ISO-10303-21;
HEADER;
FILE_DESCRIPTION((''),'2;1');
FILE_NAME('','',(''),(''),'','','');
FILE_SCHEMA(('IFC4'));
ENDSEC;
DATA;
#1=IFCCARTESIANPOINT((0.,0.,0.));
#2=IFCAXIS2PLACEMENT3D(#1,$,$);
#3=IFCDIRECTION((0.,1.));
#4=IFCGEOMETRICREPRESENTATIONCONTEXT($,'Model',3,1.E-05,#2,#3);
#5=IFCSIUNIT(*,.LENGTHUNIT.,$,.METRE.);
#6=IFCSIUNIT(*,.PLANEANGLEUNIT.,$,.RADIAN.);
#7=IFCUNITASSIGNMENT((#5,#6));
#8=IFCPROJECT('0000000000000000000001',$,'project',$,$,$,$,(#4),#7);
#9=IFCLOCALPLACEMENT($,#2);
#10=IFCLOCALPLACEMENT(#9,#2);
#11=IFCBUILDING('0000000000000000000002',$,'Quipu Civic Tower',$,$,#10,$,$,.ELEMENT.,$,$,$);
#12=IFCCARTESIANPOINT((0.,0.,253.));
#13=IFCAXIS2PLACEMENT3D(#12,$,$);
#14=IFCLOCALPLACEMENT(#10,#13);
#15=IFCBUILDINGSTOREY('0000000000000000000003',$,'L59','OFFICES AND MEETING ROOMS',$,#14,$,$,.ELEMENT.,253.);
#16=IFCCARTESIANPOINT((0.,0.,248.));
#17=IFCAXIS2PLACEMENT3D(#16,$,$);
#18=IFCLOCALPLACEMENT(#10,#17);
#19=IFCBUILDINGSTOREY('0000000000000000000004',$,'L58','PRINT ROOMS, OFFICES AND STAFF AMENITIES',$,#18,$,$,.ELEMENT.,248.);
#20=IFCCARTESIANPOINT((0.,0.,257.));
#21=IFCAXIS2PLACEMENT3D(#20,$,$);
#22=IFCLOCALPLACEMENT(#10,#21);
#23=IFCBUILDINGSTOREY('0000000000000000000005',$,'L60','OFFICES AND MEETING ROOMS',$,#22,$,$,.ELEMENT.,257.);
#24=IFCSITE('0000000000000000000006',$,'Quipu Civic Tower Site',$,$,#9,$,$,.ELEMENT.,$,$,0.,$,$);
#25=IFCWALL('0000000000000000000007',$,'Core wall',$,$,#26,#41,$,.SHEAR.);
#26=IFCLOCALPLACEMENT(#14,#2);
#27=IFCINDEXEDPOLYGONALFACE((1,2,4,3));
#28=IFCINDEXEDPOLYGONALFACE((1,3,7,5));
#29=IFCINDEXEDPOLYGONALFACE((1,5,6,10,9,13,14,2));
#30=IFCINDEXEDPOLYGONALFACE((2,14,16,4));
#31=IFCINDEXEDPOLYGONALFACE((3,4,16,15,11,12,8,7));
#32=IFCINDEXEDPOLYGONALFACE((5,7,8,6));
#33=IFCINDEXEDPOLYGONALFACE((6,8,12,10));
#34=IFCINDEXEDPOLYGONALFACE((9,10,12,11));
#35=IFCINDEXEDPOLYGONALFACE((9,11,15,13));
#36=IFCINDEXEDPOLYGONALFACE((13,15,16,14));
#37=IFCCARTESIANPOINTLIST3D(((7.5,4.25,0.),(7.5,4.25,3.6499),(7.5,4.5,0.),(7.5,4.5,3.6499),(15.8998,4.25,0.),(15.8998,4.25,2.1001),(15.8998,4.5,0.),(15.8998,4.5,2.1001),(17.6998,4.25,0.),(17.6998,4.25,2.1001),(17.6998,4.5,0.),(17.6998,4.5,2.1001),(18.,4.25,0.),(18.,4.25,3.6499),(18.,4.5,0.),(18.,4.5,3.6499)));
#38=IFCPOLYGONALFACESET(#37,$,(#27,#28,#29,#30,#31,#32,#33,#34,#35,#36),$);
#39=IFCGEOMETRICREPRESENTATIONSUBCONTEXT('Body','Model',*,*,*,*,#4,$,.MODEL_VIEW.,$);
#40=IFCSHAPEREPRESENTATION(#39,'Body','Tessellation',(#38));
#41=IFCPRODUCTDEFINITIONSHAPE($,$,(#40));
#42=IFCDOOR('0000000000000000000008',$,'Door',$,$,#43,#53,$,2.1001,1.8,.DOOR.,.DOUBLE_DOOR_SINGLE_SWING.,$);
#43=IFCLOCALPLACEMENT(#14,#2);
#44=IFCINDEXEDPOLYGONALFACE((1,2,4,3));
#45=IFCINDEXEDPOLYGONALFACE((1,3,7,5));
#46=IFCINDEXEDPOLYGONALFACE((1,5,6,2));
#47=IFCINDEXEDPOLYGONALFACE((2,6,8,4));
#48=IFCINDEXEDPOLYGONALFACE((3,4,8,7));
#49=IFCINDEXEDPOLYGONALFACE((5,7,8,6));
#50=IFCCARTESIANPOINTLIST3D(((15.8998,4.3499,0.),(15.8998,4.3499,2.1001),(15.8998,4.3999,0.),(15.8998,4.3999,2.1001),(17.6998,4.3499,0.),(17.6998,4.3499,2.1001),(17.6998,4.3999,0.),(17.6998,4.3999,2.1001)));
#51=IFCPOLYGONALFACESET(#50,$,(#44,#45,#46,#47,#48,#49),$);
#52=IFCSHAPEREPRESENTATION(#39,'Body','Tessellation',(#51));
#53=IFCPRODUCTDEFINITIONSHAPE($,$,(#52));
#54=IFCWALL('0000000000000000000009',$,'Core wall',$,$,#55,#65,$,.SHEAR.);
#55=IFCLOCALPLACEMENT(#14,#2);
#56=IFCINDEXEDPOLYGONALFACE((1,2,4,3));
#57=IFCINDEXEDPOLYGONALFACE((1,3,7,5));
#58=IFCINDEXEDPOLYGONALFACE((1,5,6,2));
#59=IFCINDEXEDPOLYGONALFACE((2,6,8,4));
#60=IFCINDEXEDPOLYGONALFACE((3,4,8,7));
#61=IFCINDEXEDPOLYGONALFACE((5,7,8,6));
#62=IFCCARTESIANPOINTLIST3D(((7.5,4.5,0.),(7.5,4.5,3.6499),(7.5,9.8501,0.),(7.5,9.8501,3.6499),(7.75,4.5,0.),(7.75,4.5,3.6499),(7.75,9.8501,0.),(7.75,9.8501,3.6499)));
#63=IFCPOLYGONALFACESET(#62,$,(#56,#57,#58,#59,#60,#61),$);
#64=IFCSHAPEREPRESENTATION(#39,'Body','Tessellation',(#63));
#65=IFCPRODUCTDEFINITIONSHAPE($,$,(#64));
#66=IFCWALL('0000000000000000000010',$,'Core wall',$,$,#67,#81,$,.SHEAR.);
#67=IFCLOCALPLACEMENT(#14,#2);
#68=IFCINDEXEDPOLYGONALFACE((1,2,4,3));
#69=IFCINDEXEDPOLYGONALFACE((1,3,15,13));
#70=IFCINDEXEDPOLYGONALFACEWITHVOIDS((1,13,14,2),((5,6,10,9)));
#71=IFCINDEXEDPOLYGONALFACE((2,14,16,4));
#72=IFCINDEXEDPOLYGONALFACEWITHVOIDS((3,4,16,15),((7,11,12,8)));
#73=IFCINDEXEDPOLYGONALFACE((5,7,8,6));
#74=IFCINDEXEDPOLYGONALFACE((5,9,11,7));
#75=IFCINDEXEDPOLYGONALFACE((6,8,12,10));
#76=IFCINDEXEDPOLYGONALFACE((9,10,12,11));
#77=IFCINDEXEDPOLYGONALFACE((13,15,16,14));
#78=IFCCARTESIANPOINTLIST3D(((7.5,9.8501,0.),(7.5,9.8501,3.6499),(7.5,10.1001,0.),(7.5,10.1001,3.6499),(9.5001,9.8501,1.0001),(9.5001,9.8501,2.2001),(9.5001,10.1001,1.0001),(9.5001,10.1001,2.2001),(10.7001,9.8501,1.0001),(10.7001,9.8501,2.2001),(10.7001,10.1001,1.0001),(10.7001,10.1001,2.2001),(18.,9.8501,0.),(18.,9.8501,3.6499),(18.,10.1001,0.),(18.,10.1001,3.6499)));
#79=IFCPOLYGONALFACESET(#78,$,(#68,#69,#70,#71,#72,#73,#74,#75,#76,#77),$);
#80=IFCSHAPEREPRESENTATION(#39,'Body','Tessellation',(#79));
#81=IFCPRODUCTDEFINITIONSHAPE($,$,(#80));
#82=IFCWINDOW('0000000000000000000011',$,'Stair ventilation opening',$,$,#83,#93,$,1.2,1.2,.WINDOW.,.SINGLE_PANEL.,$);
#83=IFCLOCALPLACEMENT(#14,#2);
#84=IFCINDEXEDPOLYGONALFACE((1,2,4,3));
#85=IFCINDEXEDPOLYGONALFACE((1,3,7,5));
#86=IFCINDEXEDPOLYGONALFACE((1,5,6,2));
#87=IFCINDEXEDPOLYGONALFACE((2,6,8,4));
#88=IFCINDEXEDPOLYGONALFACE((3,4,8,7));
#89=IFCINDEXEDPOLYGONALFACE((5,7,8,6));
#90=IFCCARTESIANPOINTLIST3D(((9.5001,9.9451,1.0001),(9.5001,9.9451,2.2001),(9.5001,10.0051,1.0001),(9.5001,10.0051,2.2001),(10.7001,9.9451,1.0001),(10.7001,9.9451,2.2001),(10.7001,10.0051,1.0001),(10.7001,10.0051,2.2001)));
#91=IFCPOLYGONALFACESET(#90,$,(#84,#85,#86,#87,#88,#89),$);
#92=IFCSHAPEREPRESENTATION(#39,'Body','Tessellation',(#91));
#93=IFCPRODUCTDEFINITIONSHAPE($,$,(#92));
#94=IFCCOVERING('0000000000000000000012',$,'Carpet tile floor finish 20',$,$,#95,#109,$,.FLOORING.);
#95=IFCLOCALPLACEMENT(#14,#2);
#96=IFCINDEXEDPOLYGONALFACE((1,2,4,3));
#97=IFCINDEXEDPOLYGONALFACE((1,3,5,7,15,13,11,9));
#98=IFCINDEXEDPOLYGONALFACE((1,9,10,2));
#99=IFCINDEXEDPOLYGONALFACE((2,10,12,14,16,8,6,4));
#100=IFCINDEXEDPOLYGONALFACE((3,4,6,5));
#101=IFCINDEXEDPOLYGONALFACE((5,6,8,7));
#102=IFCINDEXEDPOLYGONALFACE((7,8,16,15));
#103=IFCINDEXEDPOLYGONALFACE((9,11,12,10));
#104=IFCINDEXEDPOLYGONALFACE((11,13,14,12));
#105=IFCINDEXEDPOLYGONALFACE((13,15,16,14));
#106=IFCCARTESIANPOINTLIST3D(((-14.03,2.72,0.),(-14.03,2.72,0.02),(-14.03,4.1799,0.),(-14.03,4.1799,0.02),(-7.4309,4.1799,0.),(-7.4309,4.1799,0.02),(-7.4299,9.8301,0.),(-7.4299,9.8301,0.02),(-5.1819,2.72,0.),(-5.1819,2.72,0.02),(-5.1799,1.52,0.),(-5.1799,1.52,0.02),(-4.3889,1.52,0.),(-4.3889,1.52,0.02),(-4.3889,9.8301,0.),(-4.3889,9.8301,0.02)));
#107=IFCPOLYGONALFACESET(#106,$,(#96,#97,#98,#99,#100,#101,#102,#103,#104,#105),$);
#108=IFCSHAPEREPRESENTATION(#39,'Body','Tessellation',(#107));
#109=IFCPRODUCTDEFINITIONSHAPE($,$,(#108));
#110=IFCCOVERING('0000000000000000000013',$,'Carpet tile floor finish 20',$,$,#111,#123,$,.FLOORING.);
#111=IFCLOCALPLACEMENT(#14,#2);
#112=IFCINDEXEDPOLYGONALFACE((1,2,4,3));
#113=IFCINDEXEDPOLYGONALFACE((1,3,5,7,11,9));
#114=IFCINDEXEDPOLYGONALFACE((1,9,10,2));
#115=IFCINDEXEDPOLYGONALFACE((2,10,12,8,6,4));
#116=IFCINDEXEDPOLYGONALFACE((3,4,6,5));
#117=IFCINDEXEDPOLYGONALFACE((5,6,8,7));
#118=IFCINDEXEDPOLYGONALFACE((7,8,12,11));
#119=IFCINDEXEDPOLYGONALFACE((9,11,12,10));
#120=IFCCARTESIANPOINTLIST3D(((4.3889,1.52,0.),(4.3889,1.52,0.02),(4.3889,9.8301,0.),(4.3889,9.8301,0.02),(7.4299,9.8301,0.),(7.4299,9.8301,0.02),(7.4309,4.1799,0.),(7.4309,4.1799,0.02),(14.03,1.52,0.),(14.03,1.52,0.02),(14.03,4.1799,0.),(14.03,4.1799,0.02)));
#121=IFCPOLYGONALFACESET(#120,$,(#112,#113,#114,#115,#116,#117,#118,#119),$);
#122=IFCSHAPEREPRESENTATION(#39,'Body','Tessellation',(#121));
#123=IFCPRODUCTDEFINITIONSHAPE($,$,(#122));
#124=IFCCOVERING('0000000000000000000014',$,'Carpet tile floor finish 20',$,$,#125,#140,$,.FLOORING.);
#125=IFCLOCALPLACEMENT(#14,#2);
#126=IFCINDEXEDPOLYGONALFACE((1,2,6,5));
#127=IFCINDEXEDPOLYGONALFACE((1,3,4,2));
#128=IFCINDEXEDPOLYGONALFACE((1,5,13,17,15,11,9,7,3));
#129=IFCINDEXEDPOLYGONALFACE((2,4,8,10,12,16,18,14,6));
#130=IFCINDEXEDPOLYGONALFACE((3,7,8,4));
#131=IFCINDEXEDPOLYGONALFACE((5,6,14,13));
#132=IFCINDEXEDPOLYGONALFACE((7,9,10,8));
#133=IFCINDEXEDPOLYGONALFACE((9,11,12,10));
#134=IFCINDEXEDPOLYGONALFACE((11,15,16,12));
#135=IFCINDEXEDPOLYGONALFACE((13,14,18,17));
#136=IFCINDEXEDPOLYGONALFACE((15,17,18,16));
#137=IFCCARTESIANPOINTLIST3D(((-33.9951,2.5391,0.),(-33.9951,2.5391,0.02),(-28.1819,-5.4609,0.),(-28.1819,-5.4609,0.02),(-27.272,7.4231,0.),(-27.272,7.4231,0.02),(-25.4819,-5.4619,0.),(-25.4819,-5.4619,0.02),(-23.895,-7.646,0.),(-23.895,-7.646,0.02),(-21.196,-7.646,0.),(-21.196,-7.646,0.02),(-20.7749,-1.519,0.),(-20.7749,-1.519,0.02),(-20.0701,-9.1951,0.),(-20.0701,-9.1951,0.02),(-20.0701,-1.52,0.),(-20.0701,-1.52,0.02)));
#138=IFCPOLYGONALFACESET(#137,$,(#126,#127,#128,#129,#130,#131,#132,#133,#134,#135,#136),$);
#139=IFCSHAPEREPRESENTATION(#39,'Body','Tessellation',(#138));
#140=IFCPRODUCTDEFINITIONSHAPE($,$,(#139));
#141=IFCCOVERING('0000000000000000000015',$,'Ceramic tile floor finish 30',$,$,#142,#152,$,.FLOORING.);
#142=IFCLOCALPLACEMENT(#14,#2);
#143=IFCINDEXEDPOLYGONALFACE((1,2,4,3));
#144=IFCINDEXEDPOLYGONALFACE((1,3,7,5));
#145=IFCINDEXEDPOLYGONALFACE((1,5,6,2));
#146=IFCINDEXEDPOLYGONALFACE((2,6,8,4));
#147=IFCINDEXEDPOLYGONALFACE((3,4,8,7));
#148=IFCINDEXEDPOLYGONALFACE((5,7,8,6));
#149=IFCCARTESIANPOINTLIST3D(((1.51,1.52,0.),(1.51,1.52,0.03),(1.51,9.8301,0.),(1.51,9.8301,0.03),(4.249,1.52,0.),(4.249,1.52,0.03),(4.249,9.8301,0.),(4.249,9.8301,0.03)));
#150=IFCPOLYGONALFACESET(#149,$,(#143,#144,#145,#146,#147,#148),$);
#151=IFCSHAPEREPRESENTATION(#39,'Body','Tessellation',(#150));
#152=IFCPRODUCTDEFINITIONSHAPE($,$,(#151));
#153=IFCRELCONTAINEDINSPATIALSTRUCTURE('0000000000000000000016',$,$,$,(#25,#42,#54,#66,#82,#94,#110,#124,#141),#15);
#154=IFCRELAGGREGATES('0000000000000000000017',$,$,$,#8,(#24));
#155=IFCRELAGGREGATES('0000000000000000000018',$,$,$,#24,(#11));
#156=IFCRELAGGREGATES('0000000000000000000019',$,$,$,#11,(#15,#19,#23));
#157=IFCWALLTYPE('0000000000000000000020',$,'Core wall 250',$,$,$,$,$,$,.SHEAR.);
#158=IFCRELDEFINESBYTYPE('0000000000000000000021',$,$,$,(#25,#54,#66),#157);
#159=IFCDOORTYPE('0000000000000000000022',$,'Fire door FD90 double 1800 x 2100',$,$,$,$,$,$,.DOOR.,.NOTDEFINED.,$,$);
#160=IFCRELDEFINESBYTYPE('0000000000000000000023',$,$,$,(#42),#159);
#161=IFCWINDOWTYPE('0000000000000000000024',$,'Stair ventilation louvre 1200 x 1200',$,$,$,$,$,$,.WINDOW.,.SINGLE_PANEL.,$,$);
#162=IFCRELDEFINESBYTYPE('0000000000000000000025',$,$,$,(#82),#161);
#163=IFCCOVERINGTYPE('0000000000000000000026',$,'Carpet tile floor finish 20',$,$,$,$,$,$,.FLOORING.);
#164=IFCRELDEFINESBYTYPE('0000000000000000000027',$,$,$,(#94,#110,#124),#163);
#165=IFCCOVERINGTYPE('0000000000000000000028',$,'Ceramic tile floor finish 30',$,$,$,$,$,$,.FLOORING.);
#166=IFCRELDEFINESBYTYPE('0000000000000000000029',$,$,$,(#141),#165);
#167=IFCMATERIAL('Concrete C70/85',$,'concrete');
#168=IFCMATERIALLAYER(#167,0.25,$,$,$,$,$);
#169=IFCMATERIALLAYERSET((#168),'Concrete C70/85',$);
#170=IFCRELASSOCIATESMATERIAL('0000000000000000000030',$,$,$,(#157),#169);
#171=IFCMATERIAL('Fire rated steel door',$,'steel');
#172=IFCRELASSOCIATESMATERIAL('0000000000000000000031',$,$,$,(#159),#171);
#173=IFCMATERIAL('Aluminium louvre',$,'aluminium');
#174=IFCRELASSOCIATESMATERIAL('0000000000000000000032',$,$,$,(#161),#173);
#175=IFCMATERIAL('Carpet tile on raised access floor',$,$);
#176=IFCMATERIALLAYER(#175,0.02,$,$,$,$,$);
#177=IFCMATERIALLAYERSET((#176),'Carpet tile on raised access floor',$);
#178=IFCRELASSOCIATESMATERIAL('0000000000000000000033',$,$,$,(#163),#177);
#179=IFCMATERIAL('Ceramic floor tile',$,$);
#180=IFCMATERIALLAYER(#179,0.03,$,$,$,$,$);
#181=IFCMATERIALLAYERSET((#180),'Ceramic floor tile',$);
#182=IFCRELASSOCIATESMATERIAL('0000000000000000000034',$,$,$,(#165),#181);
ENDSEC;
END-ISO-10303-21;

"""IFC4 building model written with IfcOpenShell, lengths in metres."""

from ifc_helpers import new_model, si_unit, direction, frame, frame_2d, origin, place, context, subcontext, project, spatial, polyline, rectangle, outline, extrude, material, layer, layer_set, type_object, element, fill, save


model = new_model("IFC4")

# Units and contexts
model_context = context("Model", 3, precision=1e-05, world=origin(), true_north=direction((0.0, 1.0)))
body_context = subcontext(model_context, "Body", "Model", "MODEL_VIEW")
ifc_project = project(units=[si_unit("LENGTHUNIT", "METRE"), si_unit("PLANEANGLEUNIT", "RADIAN")], contexts=[model_context])

# Site, building, storey
site_placement = place(None, origin())
site = spatial("IfcSite", under=ifc_project, at=site_placement, Name="Quipu Civic Tower Site", CompositionType="ELEMENT", RefElevation=0.0)
building_placement = place(site_placement, origin())
building = spatial("IfcBuilding", under=site, at=building_placement, Name="Quipu Civic Tower", CompositionType="ELEMENT")
storey_1_placement = place(building_placement, frame((0.0, 0.0, 253.0)))
storey_1 = spatial("IfcBuildingStorey", under=building, at=storey_1_placement, Name="L59", Description="OFFICES AND MEETING ROOMS", CompositionType="ELEMENT", Elevation=253.0)

# Shared definitions
storey_2_placement = place(building_placement, frame((0.0, 0.0, 248.0)))
storey_2 = spatial("IfcBuildingStorey", under=building, at=storey_2_placement, Name="L58", Description="PRINT ROOMS, OFFICES AND STAFF AMENITIES", CompositionType="ELEMENT", Elevation=248.0)

# Shared definitions
storey_3_placement = place(building_placement, frame((0.0, 0.0, 257.0)))
storey_3 = spatial("IfcBuildingStorey", under=building, at=storey_3_placement, Name="L60", Description="OFFICES AND MEETING ROOMS", CompositionType="ELEMENT", Elevation=257.0)

# Wall, opening, door
ifc_material_1 = material(Name="Concrete C70/85", Category="concrete")
ifc_layer_1 = layer(ifc_material_1, 0.25)
ifc_layer_set_1 = layer_set([ifc_layer_1], Name="Concrete C70/85")
wall_type_1 = type_object("IfcWallType", Name="Core wall 250", PredefinedType="SHEAR", material=ifc_layer_set_1)
wall_1_placement = place(storey_1_placement, frame((7.5, 4.375, 0.0), z_axis=(0.0, 0.0, 1.0), x_axis=(1.0, 0.0, 0.0)))
wall_1 = element("IfcWall", 1, at=wall_1_placement, inside=storey_1, type_object=wall_type_1, Name="Core wall", PredefinedType="SHEAR", context=body_context, shape_type="SweptSolid", body=[
    extrude(rectangle(XDim=10.5, YDim=0.25, at=frame_2d((5.25, 0.0))), origin(), (0.0, 0.0, 1.0), 3.6499),
])
opening_1_placement = place(wall_1_placement, frame((8.3999, 0.0, 0.0)))
opening_1 = element("IfcOpeningElement", 2, at=opening_1_placement, cuts=wall_1, PredefinedType="OPENING", context=body_context, shape_type="SweptSolid", body=[
    extrude(rectangle(XDim=1.8, YDim=2.1001, at=frame_2d((0.8999, 1.05))), frame((0.0, 0.135, 0.0), z_axis=(0.0, -1.0, 0.0), x_axis=(1.0, 0.0, 0.0)), (0.0, 0.0, 1.0), 0.27),
])
ifc_material_2 = material(Name="Fire rated steel door", Category="steel")
door_type = type_object("IfcDoorType", Name="Fire door FD90 double 1800 x 2100", OperationType="NOTDEFINED", PredefinedType="DOOR", material=ifc_material_2)
door_placement = place(opening_1_placement, origin())
door = element("IfcDoor", 3, at=door_placement, inside=storey_1, type_object=door_type, Name="Door", OperationType="DOUBLE_DOOR_SINGLE_SWING", OverallHeight=2.1001, OverallWidth=1.8, PredefinedType="DOOR", context=body_context, shape_type="SweptSolid", body=[
    extrude(rectangle(XDim=1.8, YDim=2.1001, at=frame_2d((0.8999, 1.05))), frame((0.0, 0.0249, 0.0), z_axis=(0.0, -1.0, 0.0), x_axis=(1.0, 0.0, 0.0)), (0.0, 0.0, 1.0), 0.05),
])
fill(opening_1, door)

# Wall
wall_2_placement = place(storey_1_placement, frame((7.625, 4.5, 0.0), z_axis=(0.0, 0.0, 1.0), x_axis=(0.0, 1.0, 0.0)))
element("IfcWall", 4, at=wall_2_placement, inside=storey_1, type_object=wall_type_1, Name="Core wall", PredefinedType="SHEAR", context=body_context, shape_type="SweptSolid", body=[
    extrude(rectangle(XDim=5.3501, YDim=0.25, at=frame_2d((2.675, 0.0))), origin(), (0.0, 0.0, 1.0), 3.6499),
])

# Wall, opening, window
wall_3_placement = place(storey_1_placement, frame((7.5, 9.9751, 0.0), z_axis=(0.0, 0.0, 1.0), x_axis=(1.0, 0.0, 0.0)))
wall_3 = element("IfcWall", 5, at=wall_3_placement, inside=storey_1, type_object=wall_type_1, Name="Core wall", PredefinedType="SHEAR", context=body_context, shape_type="SweptSolid", body=[
    extrude(rectangle(XDim=10.5, YDim=0.25, at=frame_2d((5.25, 0.0))), origin(), (0.0, 0.0, 1.0), 3.6499),
])
opening_2_placement = place(wall_3_placement, frame((2.0, 0.0, 1.0)))
opening_2 = element("IfcOpeningElement", 6, at=opening_2_placement, cuts=wall_3, PredefinedType="OPENING", context=body_context, shape_type="SweptSolid", body=[
    extrude(rectangle(XDim=1.2, YDim=1.2, at=frame_2d((0.6001, 0.6001))), frame((0.0, 0.135, 0.0), z_axis=(0.0, -1.0, 0.0), x_axis=(1.0, 0.0, 0.0)), (0.0, 0.0, 1.0), 0.27),
])
ifc_material_3 = material(Name="Aluminium louvre", Category="aluminium")
window_type = type_object("IfcWindowType", Name="Stair ventilation louvre 1200 x 1200", PartitioningType="SINGLE_PANEL", PredefinedType="WINDOW", material=ifc_material_3)
window_placement = place(opening_2_placement, origin())
window = element("IfcWindow", 7, at=window_placement, inside=storey_1, type_object=window_type, Name="Stair ventilation opening", OverallHeight=1.2, OverallWidth=1.2, PartitioningType="SINGLE_PANEL", PredefinedType="WINDOW", context=body_context, shape_type="SweptSolid", body=[
    extrude(rectangle(XDim=1.2, YDim=1.2, at=frame_2d((0.6001, 0.6001))), frame((0.0, 0.03, 0.0), z_axis=(0.0, -1.0, 0.0), x_axis=(1.0, 0.0, 0.0)), (0.0, 0.0, 1.0), 0.0601),
])
fill(opening_2, window)

# Coverings
ifc_material_4 = material(Name="Carpet tile on raised access floor")
ifc_layer_2 = layer(ifc_material_4, 0.02)
ifc_layer_set_2 = layer_set([ifc_layer_2], Name="Carpet tile on raised access floor")
covering_type_1 = type_object("IfcCoveringType", Name="Carpet tile floor finish 20", PredefinedType="FLOORING", material=ifc_layer_set_2)
covering_1_placement = place(storey_1_placement, origin())
element("IfcCovering", 8, at=covering_1_placement, inside=storey_1, type_object=covering_type_1, Name="Carpet tile floor finish 20", PredefinedType="FLOORING", context=body_context, shape_type="SweptSolid", body=[
    extrude(outline(polyline([(-14.03, 2.72), (-14.03, 4.1799), (-7.4309, 4.1799), (-7.4299, 9.8301), (-4.3889, 9.8301), (-4.3889, 1.52), (-5.1799, 1.52), (-5.1819, 2.72), (-14.03, 2.72)])), origin(), (0.0, 0.0, 1.0), 0.02),
])
covering_2_placement = place(storey_1_placement, origin())
element("IfcCovering", 9, at=covering_2_placement, inside=storey_1, type_object=covering_type_1, Name="Carpet tile floor finish 20", PredefinedType="FLOORING", context=body_context, shape_type="SweptSolid", body=[
    extrude(outline(polyline([(4.3889, 1.52), (4.3889, 9.8301), (7.4299, 9.8301), (7.4309, 4.1799), (14.03, 4.1799), (14.03, 1.52), (4.3889, 1.52)])), origin(), (0.0, 0.0, 1.0), 0.02),
])
covering_3_placement = place(storey_1_placement, origin())
element("IfcCovering", 10, at=covering_3_placement, inside=storey_1, type_object=covering_type_1, Name="Carpet tile floor finish 20", PredefinedType="FLOORING", context=body_context, shape_type="SweptSolid", body=[
    extrude(outline(polyline([(-33.9951, 2.5391), (-27.272, 7.4231), (-20.7749, -1.519), (-20.0701, -1.52), (-20.0701, -9.1951), (-21.196, -7.646), (-23.895, -7.646), (-25.4819, -5.4619), (-28.1819, -5.4609), (-33.9951, 2.5391)])), origin(), (0.0, 0.0, 1.0), 0.02),
])
ifc_material_5 = material(Name="Ceramic floor tile")
ifc_layer_3 = layer(ifc_material_5, 0.03)
ifc_layer_set_3 = layer_set([ifc_layer_3], Name="Ceramic floor tile")
covering_type_2 = type_object("IfcCoveringType", Name="Ceramic tile floor finish 30", PredefinedType="FLOORING", material=ifc_layer_set_3)
covering_4_placement = place(storey_1_placement, origin())
element("IfcCovering", 11, at=covering_4_placement, inside=storey_1, type_object=covering_type_2, Name="Ceramic tile floor finish 30", PredefinedType="FLOORING", context=body_context, shape_type="SweptSolid", body=[
    extrude(outline(polyline([(1.51, 1.52), (1.51, 9.8301), (4.249, 9.8301), (4.249, 1.52), (1.51, 1.52)])), origin(), (0.0, 0.0, 1.0), 0.03),
])

save(model, "model.ifc")
